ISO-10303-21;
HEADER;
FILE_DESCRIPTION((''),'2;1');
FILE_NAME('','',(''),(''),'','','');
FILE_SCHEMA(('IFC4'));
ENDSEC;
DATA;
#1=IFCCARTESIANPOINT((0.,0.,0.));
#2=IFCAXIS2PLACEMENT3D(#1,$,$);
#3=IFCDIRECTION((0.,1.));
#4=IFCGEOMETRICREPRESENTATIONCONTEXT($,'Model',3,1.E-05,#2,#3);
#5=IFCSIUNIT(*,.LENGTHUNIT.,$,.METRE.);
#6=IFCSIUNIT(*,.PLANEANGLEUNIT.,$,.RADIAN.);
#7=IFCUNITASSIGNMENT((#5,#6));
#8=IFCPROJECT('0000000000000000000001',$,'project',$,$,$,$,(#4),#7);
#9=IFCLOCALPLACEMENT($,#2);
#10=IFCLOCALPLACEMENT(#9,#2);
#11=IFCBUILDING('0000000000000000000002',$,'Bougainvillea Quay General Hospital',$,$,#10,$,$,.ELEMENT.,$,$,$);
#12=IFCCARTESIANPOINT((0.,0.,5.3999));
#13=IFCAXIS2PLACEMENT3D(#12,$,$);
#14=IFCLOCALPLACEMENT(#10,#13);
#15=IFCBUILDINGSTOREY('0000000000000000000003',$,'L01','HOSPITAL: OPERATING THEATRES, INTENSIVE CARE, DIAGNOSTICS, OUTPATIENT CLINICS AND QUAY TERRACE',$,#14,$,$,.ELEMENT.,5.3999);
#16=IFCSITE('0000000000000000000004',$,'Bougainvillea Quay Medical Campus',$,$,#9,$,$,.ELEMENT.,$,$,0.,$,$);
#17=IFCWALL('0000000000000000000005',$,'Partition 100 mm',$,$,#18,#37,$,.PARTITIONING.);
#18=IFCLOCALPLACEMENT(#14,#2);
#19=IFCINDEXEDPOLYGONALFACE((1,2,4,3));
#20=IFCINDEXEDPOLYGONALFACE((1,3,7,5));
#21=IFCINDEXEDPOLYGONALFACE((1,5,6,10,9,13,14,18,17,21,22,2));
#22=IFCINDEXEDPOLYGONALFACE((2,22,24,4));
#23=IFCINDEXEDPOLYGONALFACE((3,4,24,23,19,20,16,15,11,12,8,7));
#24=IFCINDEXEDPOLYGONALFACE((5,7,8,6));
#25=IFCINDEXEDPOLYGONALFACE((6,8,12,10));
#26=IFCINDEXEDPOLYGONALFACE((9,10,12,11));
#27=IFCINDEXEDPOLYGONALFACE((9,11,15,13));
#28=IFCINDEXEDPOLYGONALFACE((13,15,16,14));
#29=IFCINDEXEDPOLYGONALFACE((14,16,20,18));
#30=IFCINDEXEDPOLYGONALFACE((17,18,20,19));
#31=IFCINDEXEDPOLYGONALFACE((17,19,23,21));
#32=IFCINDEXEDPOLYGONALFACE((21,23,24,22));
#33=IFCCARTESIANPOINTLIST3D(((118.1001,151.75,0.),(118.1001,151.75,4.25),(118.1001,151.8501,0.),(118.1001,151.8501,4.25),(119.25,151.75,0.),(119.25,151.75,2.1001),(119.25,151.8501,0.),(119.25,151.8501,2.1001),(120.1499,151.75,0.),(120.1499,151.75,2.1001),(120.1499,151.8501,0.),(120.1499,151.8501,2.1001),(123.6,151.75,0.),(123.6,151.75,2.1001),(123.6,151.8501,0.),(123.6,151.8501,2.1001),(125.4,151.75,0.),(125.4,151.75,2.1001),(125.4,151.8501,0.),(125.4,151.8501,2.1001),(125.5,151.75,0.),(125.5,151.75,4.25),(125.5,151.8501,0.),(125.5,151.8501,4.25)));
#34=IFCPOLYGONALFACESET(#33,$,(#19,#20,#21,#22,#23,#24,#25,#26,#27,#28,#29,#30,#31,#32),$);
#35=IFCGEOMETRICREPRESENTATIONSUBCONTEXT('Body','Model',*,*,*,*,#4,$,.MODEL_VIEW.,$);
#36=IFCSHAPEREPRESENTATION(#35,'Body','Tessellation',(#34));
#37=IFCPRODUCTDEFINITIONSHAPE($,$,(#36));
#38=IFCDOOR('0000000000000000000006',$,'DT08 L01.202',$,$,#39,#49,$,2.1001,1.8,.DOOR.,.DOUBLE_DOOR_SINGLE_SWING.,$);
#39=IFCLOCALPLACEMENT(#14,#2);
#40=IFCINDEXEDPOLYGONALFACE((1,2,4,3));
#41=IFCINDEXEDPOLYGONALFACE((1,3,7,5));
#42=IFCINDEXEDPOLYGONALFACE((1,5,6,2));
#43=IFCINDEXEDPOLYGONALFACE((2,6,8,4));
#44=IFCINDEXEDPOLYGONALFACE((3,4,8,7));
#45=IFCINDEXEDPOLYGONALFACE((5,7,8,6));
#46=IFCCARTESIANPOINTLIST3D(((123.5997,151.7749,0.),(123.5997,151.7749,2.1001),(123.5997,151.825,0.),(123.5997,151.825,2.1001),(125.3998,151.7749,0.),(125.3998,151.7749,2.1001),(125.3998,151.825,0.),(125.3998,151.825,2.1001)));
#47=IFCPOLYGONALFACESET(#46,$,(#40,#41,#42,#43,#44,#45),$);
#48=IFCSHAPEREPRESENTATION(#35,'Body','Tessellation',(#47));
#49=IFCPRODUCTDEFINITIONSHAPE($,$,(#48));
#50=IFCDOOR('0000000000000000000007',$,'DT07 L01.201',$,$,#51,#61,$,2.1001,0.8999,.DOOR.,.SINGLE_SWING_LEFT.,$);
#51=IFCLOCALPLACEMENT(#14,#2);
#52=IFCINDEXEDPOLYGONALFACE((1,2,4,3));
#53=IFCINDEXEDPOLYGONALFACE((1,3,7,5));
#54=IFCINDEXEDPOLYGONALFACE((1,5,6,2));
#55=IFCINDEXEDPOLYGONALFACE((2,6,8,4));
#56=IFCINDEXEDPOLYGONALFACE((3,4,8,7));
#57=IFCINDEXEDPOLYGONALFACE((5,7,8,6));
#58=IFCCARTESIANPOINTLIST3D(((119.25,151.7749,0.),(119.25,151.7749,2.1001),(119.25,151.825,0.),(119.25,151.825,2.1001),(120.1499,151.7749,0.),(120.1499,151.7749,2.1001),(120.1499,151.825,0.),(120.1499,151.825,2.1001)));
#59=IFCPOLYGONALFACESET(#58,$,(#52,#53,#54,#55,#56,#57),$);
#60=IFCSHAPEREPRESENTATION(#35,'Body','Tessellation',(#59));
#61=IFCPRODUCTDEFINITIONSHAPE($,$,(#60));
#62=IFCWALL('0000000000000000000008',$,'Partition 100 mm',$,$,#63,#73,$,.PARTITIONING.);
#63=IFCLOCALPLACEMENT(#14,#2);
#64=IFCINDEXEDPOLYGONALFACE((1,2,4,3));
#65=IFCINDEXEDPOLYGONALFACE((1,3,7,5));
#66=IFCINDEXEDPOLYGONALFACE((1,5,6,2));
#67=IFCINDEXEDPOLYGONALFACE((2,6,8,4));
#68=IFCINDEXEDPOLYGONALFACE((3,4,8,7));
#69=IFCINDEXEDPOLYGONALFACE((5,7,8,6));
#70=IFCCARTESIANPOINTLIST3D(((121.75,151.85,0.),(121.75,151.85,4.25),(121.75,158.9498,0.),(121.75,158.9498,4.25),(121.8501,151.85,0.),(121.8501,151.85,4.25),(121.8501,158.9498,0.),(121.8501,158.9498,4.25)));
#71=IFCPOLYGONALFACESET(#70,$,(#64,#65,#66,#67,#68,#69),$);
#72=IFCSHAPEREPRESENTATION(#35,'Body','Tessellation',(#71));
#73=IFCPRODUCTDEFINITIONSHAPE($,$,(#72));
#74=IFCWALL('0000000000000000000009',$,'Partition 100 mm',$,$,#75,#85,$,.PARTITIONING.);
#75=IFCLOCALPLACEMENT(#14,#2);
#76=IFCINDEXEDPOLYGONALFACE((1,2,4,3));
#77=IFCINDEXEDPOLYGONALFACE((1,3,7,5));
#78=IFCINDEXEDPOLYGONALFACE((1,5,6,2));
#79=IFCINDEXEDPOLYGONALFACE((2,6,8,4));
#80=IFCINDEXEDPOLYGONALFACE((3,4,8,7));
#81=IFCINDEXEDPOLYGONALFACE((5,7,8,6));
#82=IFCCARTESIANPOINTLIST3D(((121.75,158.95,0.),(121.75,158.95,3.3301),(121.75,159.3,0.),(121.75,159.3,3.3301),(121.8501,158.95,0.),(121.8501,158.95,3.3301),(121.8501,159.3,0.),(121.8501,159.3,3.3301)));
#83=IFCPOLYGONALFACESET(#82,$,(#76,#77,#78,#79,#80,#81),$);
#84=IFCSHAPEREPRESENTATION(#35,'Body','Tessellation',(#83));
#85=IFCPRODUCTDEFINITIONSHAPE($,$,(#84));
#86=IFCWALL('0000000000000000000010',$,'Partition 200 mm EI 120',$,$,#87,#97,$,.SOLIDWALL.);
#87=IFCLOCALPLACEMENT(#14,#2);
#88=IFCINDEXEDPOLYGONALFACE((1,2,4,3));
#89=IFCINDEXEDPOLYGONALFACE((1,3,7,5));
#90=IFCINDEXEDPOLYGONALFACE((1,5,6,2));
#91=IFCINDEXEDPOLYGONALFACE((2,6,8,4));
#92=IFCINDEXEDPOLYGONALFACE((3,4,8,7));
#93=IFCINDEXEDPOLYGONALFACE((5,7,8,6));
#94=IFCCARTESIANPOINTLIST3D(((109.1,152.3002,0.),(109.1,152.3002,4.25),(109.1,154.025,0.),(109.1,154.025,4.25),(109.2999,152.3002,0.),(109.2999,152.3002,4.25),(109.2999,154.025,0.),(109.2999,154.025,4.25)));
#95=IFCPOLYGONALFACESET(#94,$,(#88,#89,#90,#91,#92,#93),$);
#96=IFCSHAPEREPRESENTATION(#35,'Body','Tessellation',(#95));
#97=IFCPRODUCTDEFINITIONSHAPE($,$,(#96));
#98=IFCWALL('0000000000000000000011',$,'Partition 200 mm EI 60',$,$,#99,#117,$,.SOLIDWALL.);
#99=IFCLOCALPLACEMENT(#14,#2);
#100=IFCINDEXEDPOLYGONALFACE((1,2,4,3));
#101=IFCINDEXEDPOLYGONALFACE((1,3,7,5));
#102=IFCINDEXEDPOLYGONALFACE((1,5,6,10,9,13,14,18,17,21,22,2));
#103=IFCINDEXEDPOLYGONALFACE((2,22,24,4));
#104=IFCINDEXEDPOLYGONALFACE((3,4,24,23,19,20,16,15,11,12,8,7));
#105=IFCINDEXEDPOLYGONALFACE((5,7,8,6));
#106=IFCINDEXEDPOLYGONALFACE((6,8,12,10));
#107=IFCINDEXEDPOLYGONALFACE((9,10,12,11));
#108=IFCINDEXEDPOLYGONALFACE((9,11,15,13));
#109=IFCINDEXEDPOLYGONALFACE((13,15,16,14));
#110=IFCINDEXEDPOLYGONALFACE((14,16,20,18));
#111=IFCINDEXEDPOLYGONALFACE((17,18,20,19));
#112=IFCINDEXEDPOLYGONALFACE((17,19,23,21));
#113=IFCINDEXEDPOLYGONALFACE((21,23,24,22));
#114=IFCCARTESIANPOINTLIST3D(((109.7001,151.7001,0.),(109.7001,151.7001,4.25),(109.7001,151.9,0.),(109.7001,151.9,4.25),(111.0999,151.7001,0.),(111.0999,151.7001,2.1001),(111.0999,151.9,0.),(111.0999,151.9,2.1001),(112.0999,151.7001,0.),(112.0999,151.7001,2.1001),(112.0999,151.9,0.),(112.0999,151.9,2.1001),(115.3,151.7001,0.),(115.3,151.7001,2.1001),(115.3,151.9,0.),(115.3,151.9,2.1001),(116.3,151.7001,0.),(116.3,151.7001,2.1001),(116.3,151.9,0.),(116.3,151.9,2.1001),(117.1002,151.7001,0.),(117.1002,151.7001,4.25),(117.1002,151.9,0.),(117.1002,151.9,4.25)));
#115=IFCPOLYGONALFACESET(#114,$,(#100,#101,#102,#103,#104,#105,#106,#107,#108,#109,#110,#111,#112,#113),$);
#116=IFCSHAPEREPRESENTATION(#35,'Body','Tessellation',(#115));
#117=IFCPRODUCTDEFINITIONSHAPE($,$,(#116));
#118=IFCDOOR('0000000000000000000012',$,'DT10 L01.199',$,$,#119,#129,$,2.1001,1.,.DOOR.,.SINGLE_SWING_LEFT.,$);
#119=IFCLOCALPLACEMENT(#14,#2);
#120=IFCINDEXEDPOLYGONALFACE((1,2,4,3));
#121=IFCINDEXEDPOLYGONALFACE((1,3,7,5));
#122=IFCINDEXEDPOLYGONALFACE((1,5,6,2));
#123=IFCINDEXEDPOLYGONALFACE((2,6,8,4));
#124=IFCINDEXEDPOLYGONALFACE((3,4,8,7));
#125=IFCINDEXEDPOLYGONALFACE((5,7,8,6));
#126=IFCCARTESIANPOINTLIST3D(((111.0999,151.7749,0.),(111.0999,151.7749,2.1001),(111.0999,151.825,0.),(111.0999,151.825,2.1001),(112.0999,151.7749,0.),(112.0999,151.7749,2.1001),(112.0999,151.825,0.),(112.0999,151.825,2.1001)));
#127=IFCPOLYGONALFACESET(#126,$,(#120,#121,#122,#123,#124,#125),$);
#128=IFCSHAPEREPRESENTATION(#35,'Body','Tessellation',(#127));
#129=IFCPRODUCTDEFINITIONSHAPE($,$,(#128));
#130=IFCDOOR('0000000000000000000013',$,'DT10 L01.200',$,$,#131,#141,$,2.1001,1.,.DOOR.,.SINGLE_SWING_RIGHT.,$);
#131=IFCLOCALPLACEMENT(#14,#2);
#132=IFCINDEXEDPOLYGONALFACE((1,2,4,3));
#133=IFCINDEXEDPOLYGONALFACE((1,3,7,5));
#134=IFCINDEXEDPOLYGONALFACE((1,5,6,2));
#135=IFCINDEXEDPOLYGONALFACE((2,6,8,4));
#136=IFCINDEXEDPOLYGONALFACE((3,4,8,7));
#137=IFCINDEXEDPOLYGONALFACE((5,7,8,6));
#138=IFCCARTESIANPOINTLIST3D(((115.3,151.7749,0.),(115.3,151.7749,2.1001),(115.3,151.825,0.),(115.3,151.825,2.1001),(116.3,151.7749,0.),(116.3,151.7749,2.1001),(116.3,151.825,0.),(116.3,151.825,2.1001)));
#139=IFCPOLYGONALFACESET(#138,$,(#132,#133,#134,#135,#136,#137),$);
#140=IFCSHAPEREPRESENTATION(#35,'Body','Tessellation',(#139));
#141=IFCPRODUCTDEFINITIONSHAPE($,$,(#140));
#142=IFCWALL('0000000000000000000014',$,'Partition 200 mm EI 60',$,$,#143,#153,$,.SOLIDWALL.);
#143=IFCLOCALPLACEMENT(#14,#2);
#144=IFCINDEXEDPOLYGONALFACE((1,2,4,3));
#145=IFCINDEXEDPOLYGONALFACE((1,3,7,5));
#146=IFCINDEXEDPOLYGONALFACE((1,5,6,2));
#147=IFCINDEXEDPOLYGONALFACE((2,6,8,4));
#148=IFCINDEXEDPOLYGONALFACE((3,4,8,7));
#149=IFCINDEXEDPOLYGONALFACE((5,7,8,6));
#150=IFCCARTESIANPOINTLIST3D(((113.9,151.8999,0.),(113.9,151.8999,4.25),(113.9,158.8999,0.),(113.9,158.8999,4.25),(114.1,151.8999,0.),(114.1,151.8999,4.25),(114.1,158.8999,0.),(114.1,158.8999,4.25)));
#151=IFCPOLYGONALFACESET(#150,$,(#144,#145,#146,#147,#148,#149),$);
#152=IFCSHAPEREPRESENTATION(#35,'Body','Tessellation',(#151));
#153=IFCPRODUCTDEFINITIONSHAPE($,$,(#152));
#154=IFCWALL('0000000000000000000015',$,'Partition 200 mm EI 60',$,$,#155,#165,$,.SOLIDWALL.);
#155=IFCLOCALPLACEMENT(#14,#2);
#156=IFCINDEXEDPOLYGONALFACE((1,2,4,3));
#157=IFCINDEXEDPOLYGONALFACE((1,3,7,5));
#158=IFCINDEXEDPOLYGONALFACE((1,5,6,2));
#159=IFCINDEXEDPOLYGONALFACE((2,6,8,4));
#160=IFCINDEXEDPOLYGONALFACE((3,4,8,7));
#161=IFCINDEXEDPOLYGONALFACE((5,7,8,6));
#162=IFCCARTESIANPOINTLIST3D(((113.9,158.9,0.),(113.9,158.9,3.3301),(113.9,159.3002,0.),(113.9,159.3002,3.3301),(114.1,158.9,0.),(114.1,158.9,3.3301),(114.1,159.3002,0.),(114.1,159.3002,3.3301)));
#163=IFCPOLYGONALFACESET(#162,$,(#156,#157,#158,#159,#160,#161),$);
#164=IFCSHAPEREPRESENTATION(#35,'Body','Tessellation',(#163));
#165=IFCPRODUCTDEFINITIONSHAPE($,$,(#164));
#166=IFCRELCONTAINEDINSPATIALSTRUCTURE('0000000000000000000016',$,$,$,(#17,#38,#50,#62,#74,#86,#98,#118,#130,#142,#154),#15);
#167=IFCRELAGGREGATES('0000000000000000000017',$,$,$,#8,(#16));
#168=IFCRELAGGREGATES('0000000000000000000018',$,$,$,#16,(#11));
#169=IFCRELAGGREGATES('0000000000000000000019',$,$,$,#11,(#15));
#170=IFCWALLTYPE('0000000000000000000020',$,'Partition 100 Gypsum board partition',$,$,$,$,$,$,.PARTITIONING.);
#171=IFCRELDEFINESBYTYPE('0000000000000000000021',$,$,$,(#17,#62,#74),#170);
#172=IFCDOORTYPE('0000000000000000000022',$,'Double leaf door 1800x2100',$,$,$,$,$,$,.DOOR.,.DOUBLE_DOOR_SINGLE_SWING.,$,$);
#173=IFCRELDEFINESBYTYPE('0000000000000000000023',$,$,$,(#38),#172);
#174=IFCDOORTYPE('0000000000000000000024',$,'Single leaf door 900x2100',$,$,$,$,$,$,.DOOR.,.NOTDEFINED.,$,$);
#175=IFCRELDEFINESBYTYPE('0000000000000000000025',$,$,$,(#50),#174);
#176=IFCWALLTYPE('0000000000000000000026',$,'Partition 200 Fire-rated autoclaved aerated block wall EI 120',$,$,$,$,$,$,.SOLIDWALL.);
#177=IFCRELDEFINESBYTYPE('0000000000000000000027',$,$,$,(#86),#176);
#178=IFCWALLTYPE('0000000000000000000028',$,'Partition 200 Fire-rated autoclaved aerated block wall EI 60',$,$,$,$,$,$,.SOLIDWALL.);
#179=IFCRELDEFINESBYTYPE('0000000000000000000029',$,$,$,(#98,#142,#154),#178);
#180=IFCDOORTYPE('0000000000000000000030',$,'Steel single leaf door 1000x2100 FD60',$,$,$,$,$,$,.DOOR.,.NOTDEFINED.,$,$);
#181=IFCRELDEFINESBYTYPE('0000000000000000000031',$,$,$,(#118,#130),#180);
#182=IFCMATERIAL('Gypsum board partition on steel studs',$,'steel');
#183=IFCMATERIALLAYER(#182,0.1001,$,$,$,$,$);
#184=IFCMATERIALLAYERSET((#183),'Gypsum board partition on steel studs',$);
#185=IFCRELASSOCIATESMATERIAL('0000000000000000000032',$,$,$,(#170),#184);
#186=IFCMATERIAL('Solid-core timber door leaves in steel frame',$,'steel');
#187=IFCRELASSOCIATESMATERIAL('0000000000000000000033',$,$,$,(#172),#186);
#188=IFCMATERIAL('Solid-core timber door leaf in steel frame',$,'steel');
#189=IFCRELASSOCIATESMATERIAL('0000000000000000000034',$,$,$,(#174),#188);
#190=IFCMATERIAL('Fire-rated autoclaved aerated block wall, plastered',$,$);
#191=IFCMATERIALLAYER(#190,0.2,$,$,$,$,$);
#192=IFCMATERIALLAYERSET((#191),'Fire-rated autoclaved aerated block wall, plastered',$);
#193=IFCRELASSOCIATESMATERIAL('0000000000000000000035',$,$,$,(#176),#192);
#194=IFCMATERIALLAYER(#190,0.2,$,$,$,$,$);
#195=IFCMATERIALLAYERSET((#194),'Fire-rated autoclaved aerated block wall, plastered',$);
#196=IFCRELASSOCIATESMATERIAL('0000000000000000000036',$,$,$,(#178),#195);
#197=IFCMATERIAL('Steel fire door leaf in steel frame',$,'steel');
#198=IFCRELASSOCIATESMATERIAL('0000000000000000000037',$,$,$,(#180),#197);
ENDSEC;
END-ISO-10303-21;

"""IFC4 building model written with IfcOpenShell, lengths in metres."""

from ifc_helpers import new_model, si_unit, direction, frame, frame_2d, origin, place, context, subcontext, project, spatial, rectangle, extrude, material, layer, layer_set, type_object, element, fill, save


model = new_model("IFC4")

# Units and contexts
model_context = context("Model", 3, precision=1e-05, world=origin(), true_north=direction((0.0, 1.0)))
body_context = subcontext(model_context, "Body", "Model", "MODEL_VIEW")
ifc_project = project(units=[si_unit("LENGTHUNIT", "METRE"), si_unit("PLANEANGLEUNIT", "RADIAN")], contexts=[model_context])

# Site, building, storey
site_placement = place(None, origin())
site = spatial("IfcSite", under=ifc_project, at=site_placement, Name="Bougainvillea Quay Medical Campus", CompositionType="ELEMENT", RefElevation=0.0)
building_placement = place(site_placement, origin())
building = spatial("IfcBuilding", under=site, at=building_placement, Name="Bougainvillea Quay General Hospital", CompositionType="ELEMENT")
storey_placement = place(building_placement, frame((0.0, 0.0, 5.3999)))
storey = spatial("IfcBuildingStorey", under=building, at=storey_placement, Name="L01", Description="HOSPITAL: OPERATING THEATRES, INTENSIVE CARE, DIAGNOSTICS, OUTPATIENT CLINICS AND QUAY TERRACE", CompositionType="ELEMENT", Elevation=5.3999)

# Wall, openings, doors
ifc_material_1 = material(Name="Gypsum board partition on steel studs", Category="steel")
ifc_layer_1 = layer(ifc_material_1, 0.1001)
ifc_layer_set_1 = layer_set([ifc_layer_1], Name="Gypsum board partition on steel studs")
wall_type_1 = type_object("IfcWallType", Name="Partition 100 Gypsum board partition", PredefinedType="PARTITIONING", material=ifc_layer_set_1)
wall_1_placement = place(storey_placement, frame((125.5, 151.8, 0.0), z_axis=(0.0, 0.0, 1.0), x_axis=(-1.0, 0.0, 0.0)))
wall_1 = element("IfcWall", 1, at=wall_1_placement, inside=storey, type_object=wall_type_1, Name="Partition 100 mm", PredefinedType="PARTITIONING", context=body_context, shape_type="SweptSolid", body=[
    extrude(rectangle(XDim=7.3999, YDim=0.1001, at=frame_2d((3.7, 0.0))), origin(), (0.0, 0.0, 1.0), 4.25),
])
opening_1_placement = place(wall_1_placement, frame((5.3501, 0.0, 0.0)))
opening_1 = element("IfcOpeningElement", 2, at=opening_1_placement, cuts=wall_1, PredefinedType="OPENING", context=body_context, shape_type="SweptSolid", body=[
    extrude(rectangle(XDim=0.8999, YDim=2.1001, at=frame_2d((0.45, 1.05))), frame((0.0, 0.0601, 0.0), z_axis=(0.0, -1.0, 0.0), x_axis=(1.0, 0.0, 0.0)), (0.0, 0.0, 1.0), 0.1201),
])
opening_2_placement = place(wall_1_placement, frame((0.1001, 0.0, 0.0)))
opening_2 = element("IfcOpeningElement", 3, at=opening_2_placement, cuts=wall_1, PredefinedType="OPENING", context=body_context, shape_type="SweptSolid", body=[
    extrude(rectangle(XDim=1.8, YDim=2.1001, at=frame_2d((0.8999, 1.05))), frame((0.0, 0.0601, 0.0), z_axis=(0.0, -1.0, 0.0), x_axis=(1.0, 0.0, 0.0)), (0.0, 0.0, 1.0), 0.1201),
])
ifc_material_2 = material(Name="Solid-core timber door leaves in steel frame", Category="steel")
door_type_1 = type_object("IfcDoorType", Name="Double leaf door 1800x2100", OperationType="DOUBLE_DOOR_SINGLE_SWING", PredefinedType="DOOR", material=ifc_material_2)
door_1_placement = place(opening_2_placement, frame((1.8, 0.0, 0.0), z_axis=(0.0, 0.0, 1.0), x_axis=(-1.0, 0.0, 0.0)))
door_1 = element("IfcDoor", 4, at=door_1_placement, inside=storey, type_object=door_type_1, Name="DT08 L01.202", OperationType="DOUBLE_DOOR_SINGLE_SWING", OverallHeight=2.1001, OverallWidth=1.8, PredefinedType="DOOR", context=body_context, shape_type="SweptSolid", body=[
    extrude(rectangle(XDim=1.8, YDim=2.1001, at=frame_2d((0.8999, 1.05))), frame((0.0, 0.0249, 0.0), z_axis=(0.0, -1.0, 0.0), x_axis=(1.0, 0.0, 0.0)), (0.0, 0.0, 1.0), 0.05),
])
fill(opening_2, door_1)
ifc_material_3 = material(Name="Solid-core timber door leaf in steel frame", Category="steel")
door_type_2 = type_object("IfcDoorType", Name="Single leaf door 900x2100", OperationType="NOTDEFINED", PredefinedType="DOOR", material=ifc_material_3)
door_2_placement = place(opening_1_placement, frame((0.8999, 0.0, 0.0), z_axis=(0.0, 0.0, 1.0), x_axis=(-1.0, 0.0, 0.0)))
door_2 = element("IfcDoor", 5, at=door_2_placement, inside=storey, type_object=door_type_2, Name="DT07 L01.201", OperationType="SINGLE_SWING_LEFT", OverallHeight=2.1001, OverallWidth=0.8999, PredefinedType="DOOR", context=body_context, shape_type="SweptSolid", body=[
    extrude(rectangle(XDim=0.8999, YDim=2.1001, at=frame_2d((0.45, 1.05))), frame((0.0, 0.0249, 0.0), z_axis=(0.0, -1.0, 0.0), x_axis=(1.0, 0.0, 0.0)), (0.0, 0.0, 1.0), 0.05),
])
fill(opening_1, door_2)

# Walls
wall_2_placement = place(storey_placement, frame((121.8, 151.8501, 0.0), z_axis=(0.0, 0.0, 1.0), x_axis=(0.0, 1.0, 0.0)))
element("IfcWall", 6, at=wall_2_placement, inside=storey, type_object=wall_type_1, Name="Partition 100 mm", PredefinedType="PARTITIONING", context=body_context, shape_type="SweptSolid", body=[
    extrude(rectangle(XDim=7.0999, YDim=0.1001, at=frame_2d((3.5498, 0.0))), origin(), (0.0, 0.0, 1.0), 4.25),
])
wall_3_placement = place(storey_placement, frame((121.8, 158.95, 0.0), z_axis=(0.0, 0.0, 1.0), x_axis=(0.0, 1.0, 0.0)))
element("IfcWall", 7, at=wall_3_placement, inside=storey, type_object=wall_type_1, Name="Partition 100 mm", PredefinedType="PARTITIONING", context=body_context, shape_type="SweptSolid", body=[
    extrude(rectangle(XDim=0.3501, YDim=0.1001, at=frame_2d((0.175, 0.0))), origin(), (0.0, 0.0, 1.0), 3.3301),
])
ifc_material_4 = material(Name="Fire-rated autoclaved aerated block wall, plastered")
ifc_layer_2 = layer(ifc_material_4, 0.2)
ifc_layer_set_2 = layer_set([ifc_layer_2], Name="Fire-rated autoclaved aerated block wall, plastered")
wall_type_2 = type_object("IfcWallType", Name="Partition 200 Fire-rated autoclaved aerated block wall EI 120", PredefinedType="SOLIDWALL", material=ifc_layer_set_2)
wall_4_placement = place(storey_placement, frame((109.2, 154.0249, 0.0), z_axis=(0.0, 0.0, 1.0), x_axis=(0.0, -1.0, 0.0)))
element("IfcWall", 8, at=wall_4_placement, inside=storey, type_object=wall_type_2, Name="Partition 200 mm EI 120", PredefinedType="SOLIDWALL", context=body_context, shape_type="SweptSolid", body=[
    extrude(rectangle(XDim=1.7249, YDim=0.2, at=frame_2d((0.8623, 0.0))), origin(), (0.0, 0.0, 1.0), 4.25),
])

# Wall, openings, doors
ifc_layer_3 = layer(ifc_material_4, 0.2)
ifc_layer_set_3 = layer_set([ifc_layer_3], Name="Fire-rated autoclaved aerated block wall, plastered")
wall_type_3 = type_object("IfcWallType", Name="Partition 200 Fire-rated autoclaved aerated block wall EI 60", PredefinedType="SOLIDWALL", material=ifc_layer_set_3)
wall_5_placement = place(storey_placement, frame((109.7, 151.8, 0.0), z_axis=(0.0, 0.0, 1.0), x_axis=(1.0, 0.0, 0.0)))
wall_5 = element("IfcWall", 9, at=wall_5_placement, inside=storey, type_object=wall_type_3, Name="Partition 200 mm EI 60", PredefinedType="SOLIDWALL", context=body_context, shape_type="SweptSolid", body=[
    extrude(rectangle(XDim=7.4001, YDim=0.2, at=frame_2d((3.7002, 0.0))), origin(), (0.0, 0.0, 1.0), 4.25),
])
opening_3_placement = place(wall_5_placement, frame((1.3999, 0.0, 0.0)))
opening_3 = element("IfcOpeningElement", 10, at=opening_3_placement, cuts=wall_5, PredefinedType="OPENING", context=body_context, shape_type="SweptSolid", body=[
    extrude(rectangle(XDim=1.0, YDim=2.1001, at=frame_2d((0.5, 1.05))), frame((0.0, 0.1099, 0.0), z_axis=(0.0, -1.0, 0.0), x_axis=(1.0, 0.0, 0.0)), (0.0, 0.0, 1.0), 0.22),
])
opening_4_placement = place(wall_5_placement, frame((5.6001, 0.0, 0.0)))
opening_4 = element("IfcOpeningElement", 11, at=opening_4_placement, cuts=wall_5, PredefinedType="OPENING", context=body_context, shape_type="SweptSolid", body=[
    extrude(rectangle(XDim=1.0, YDim=2.1001, at=frame_2d((0.5, 1.05))), frame((0.0, 0.1099, 0.0), z_axis=(0.0, -1.0, 0.0), x_axis=(1.0, 0.0, 0.0)), (0.0, 0.0, 1.0), 0.22),
])
ifc_material_5 = material(Name="Steel fire door leaf in steel frame", Category="steel")
door_type_3 = type_object("IfcDoorType", Name="Steel single leaf door 1000x2100 FD60", OperationType="NOTDEFINED", PredefinedType="DOOR", material=ifc_material_5)
door_3_placement = place(opening_3_placement, origin())
door_3 = element("IfcDoor", 12, at=door_3_placement, inside=storey, type_object=door_type_3, Name="DT10 L01.199", OperationType="SINGLE_SWING_LEFT", OverallHeight=2.1001, OverallWidth=1.0, PredefinedType="DOOR", context=body_context, shape_type="SweptSolid", body=[
    extrude(rectangle(XDim=1.0, YDim=2.1001, at=frame_2d((0.5, 1.05))), frame((0.0, 0.0249, 0.0), z_axis=(0.0, -1.0, 0.0), x_axis=(1.0, 0.0, 0.0)), (0.0, 0.0, 1.0), 0.05),
])
fill(opening_3, door_3)
door_4_placement = place(opening_4_placement, origin())
door_4 = element("IfcDoor", 13, at=door_4_placement, inside=storey, type_object=door_type_3, Name="DT10 L01.200", OperationType="SINGLE_SWING_RIGHT", OverallHeight=2.1001, OverallWidth=1.0, PredefinedType="DOOR", context=body_context, shape_type="SweptSolid", body=[
    extrude(rectangle(XDim=1.0, YDim=2.1001, at=frame_2d((0.5, 1.05))), frame((0.0, 0.0249, 0.0), z_axis=(0.0, -1.0, 0.0), x_axis=(1.0, 0.0, 0.0)), (0.0, 0.0, 1.0), 0.05),
])
fill(opening_4, door_4)

# Walls
wall_6_placement = place(storey_placement, frame((114.0, 151.8999, 0.0), z_axis=(0.0, 0.0, 1.0), x_axis=(0.0, 1.0, 0.0)))
element("IfcWall", 14, at=wall_6_placement, inside=storey, type_object=wall_type_3, Name="Partition 200 mm EI 60", PredefinedType="SOLIDWALL", context=body_context, shape_type="SweptSolid", body=[
    extrude(rectangle(XDim=7.0, YDim=0.2, at=frame_2d((3.5, 0.0))), origin(), (0.0, 0.0, 1.0), 4.25),
])
wall_7_placement = place(storey_placement, frame((114.0, 158.8999, 0.0), z_axis=(0.0, 0.0, 1.0), x_axis=(0.0, 1.0, 0.0)))
element("IfcWall", 15, at=wall_7_placement, inside=storey, type_object=wall_type_3, Name="Partition 200 mm EI 60", PredefinedType="SOLIDWALL", context=body_context, shape_type="SweptSolid", body=[
    extrude(rectangle(XDim=0.4001, YDim=0.2, at=frame_2d((0.2002, 0.0))), origin(), (0.0, 0.0, 1.0), 3.3301),
])

save(model, "model.ifc")
